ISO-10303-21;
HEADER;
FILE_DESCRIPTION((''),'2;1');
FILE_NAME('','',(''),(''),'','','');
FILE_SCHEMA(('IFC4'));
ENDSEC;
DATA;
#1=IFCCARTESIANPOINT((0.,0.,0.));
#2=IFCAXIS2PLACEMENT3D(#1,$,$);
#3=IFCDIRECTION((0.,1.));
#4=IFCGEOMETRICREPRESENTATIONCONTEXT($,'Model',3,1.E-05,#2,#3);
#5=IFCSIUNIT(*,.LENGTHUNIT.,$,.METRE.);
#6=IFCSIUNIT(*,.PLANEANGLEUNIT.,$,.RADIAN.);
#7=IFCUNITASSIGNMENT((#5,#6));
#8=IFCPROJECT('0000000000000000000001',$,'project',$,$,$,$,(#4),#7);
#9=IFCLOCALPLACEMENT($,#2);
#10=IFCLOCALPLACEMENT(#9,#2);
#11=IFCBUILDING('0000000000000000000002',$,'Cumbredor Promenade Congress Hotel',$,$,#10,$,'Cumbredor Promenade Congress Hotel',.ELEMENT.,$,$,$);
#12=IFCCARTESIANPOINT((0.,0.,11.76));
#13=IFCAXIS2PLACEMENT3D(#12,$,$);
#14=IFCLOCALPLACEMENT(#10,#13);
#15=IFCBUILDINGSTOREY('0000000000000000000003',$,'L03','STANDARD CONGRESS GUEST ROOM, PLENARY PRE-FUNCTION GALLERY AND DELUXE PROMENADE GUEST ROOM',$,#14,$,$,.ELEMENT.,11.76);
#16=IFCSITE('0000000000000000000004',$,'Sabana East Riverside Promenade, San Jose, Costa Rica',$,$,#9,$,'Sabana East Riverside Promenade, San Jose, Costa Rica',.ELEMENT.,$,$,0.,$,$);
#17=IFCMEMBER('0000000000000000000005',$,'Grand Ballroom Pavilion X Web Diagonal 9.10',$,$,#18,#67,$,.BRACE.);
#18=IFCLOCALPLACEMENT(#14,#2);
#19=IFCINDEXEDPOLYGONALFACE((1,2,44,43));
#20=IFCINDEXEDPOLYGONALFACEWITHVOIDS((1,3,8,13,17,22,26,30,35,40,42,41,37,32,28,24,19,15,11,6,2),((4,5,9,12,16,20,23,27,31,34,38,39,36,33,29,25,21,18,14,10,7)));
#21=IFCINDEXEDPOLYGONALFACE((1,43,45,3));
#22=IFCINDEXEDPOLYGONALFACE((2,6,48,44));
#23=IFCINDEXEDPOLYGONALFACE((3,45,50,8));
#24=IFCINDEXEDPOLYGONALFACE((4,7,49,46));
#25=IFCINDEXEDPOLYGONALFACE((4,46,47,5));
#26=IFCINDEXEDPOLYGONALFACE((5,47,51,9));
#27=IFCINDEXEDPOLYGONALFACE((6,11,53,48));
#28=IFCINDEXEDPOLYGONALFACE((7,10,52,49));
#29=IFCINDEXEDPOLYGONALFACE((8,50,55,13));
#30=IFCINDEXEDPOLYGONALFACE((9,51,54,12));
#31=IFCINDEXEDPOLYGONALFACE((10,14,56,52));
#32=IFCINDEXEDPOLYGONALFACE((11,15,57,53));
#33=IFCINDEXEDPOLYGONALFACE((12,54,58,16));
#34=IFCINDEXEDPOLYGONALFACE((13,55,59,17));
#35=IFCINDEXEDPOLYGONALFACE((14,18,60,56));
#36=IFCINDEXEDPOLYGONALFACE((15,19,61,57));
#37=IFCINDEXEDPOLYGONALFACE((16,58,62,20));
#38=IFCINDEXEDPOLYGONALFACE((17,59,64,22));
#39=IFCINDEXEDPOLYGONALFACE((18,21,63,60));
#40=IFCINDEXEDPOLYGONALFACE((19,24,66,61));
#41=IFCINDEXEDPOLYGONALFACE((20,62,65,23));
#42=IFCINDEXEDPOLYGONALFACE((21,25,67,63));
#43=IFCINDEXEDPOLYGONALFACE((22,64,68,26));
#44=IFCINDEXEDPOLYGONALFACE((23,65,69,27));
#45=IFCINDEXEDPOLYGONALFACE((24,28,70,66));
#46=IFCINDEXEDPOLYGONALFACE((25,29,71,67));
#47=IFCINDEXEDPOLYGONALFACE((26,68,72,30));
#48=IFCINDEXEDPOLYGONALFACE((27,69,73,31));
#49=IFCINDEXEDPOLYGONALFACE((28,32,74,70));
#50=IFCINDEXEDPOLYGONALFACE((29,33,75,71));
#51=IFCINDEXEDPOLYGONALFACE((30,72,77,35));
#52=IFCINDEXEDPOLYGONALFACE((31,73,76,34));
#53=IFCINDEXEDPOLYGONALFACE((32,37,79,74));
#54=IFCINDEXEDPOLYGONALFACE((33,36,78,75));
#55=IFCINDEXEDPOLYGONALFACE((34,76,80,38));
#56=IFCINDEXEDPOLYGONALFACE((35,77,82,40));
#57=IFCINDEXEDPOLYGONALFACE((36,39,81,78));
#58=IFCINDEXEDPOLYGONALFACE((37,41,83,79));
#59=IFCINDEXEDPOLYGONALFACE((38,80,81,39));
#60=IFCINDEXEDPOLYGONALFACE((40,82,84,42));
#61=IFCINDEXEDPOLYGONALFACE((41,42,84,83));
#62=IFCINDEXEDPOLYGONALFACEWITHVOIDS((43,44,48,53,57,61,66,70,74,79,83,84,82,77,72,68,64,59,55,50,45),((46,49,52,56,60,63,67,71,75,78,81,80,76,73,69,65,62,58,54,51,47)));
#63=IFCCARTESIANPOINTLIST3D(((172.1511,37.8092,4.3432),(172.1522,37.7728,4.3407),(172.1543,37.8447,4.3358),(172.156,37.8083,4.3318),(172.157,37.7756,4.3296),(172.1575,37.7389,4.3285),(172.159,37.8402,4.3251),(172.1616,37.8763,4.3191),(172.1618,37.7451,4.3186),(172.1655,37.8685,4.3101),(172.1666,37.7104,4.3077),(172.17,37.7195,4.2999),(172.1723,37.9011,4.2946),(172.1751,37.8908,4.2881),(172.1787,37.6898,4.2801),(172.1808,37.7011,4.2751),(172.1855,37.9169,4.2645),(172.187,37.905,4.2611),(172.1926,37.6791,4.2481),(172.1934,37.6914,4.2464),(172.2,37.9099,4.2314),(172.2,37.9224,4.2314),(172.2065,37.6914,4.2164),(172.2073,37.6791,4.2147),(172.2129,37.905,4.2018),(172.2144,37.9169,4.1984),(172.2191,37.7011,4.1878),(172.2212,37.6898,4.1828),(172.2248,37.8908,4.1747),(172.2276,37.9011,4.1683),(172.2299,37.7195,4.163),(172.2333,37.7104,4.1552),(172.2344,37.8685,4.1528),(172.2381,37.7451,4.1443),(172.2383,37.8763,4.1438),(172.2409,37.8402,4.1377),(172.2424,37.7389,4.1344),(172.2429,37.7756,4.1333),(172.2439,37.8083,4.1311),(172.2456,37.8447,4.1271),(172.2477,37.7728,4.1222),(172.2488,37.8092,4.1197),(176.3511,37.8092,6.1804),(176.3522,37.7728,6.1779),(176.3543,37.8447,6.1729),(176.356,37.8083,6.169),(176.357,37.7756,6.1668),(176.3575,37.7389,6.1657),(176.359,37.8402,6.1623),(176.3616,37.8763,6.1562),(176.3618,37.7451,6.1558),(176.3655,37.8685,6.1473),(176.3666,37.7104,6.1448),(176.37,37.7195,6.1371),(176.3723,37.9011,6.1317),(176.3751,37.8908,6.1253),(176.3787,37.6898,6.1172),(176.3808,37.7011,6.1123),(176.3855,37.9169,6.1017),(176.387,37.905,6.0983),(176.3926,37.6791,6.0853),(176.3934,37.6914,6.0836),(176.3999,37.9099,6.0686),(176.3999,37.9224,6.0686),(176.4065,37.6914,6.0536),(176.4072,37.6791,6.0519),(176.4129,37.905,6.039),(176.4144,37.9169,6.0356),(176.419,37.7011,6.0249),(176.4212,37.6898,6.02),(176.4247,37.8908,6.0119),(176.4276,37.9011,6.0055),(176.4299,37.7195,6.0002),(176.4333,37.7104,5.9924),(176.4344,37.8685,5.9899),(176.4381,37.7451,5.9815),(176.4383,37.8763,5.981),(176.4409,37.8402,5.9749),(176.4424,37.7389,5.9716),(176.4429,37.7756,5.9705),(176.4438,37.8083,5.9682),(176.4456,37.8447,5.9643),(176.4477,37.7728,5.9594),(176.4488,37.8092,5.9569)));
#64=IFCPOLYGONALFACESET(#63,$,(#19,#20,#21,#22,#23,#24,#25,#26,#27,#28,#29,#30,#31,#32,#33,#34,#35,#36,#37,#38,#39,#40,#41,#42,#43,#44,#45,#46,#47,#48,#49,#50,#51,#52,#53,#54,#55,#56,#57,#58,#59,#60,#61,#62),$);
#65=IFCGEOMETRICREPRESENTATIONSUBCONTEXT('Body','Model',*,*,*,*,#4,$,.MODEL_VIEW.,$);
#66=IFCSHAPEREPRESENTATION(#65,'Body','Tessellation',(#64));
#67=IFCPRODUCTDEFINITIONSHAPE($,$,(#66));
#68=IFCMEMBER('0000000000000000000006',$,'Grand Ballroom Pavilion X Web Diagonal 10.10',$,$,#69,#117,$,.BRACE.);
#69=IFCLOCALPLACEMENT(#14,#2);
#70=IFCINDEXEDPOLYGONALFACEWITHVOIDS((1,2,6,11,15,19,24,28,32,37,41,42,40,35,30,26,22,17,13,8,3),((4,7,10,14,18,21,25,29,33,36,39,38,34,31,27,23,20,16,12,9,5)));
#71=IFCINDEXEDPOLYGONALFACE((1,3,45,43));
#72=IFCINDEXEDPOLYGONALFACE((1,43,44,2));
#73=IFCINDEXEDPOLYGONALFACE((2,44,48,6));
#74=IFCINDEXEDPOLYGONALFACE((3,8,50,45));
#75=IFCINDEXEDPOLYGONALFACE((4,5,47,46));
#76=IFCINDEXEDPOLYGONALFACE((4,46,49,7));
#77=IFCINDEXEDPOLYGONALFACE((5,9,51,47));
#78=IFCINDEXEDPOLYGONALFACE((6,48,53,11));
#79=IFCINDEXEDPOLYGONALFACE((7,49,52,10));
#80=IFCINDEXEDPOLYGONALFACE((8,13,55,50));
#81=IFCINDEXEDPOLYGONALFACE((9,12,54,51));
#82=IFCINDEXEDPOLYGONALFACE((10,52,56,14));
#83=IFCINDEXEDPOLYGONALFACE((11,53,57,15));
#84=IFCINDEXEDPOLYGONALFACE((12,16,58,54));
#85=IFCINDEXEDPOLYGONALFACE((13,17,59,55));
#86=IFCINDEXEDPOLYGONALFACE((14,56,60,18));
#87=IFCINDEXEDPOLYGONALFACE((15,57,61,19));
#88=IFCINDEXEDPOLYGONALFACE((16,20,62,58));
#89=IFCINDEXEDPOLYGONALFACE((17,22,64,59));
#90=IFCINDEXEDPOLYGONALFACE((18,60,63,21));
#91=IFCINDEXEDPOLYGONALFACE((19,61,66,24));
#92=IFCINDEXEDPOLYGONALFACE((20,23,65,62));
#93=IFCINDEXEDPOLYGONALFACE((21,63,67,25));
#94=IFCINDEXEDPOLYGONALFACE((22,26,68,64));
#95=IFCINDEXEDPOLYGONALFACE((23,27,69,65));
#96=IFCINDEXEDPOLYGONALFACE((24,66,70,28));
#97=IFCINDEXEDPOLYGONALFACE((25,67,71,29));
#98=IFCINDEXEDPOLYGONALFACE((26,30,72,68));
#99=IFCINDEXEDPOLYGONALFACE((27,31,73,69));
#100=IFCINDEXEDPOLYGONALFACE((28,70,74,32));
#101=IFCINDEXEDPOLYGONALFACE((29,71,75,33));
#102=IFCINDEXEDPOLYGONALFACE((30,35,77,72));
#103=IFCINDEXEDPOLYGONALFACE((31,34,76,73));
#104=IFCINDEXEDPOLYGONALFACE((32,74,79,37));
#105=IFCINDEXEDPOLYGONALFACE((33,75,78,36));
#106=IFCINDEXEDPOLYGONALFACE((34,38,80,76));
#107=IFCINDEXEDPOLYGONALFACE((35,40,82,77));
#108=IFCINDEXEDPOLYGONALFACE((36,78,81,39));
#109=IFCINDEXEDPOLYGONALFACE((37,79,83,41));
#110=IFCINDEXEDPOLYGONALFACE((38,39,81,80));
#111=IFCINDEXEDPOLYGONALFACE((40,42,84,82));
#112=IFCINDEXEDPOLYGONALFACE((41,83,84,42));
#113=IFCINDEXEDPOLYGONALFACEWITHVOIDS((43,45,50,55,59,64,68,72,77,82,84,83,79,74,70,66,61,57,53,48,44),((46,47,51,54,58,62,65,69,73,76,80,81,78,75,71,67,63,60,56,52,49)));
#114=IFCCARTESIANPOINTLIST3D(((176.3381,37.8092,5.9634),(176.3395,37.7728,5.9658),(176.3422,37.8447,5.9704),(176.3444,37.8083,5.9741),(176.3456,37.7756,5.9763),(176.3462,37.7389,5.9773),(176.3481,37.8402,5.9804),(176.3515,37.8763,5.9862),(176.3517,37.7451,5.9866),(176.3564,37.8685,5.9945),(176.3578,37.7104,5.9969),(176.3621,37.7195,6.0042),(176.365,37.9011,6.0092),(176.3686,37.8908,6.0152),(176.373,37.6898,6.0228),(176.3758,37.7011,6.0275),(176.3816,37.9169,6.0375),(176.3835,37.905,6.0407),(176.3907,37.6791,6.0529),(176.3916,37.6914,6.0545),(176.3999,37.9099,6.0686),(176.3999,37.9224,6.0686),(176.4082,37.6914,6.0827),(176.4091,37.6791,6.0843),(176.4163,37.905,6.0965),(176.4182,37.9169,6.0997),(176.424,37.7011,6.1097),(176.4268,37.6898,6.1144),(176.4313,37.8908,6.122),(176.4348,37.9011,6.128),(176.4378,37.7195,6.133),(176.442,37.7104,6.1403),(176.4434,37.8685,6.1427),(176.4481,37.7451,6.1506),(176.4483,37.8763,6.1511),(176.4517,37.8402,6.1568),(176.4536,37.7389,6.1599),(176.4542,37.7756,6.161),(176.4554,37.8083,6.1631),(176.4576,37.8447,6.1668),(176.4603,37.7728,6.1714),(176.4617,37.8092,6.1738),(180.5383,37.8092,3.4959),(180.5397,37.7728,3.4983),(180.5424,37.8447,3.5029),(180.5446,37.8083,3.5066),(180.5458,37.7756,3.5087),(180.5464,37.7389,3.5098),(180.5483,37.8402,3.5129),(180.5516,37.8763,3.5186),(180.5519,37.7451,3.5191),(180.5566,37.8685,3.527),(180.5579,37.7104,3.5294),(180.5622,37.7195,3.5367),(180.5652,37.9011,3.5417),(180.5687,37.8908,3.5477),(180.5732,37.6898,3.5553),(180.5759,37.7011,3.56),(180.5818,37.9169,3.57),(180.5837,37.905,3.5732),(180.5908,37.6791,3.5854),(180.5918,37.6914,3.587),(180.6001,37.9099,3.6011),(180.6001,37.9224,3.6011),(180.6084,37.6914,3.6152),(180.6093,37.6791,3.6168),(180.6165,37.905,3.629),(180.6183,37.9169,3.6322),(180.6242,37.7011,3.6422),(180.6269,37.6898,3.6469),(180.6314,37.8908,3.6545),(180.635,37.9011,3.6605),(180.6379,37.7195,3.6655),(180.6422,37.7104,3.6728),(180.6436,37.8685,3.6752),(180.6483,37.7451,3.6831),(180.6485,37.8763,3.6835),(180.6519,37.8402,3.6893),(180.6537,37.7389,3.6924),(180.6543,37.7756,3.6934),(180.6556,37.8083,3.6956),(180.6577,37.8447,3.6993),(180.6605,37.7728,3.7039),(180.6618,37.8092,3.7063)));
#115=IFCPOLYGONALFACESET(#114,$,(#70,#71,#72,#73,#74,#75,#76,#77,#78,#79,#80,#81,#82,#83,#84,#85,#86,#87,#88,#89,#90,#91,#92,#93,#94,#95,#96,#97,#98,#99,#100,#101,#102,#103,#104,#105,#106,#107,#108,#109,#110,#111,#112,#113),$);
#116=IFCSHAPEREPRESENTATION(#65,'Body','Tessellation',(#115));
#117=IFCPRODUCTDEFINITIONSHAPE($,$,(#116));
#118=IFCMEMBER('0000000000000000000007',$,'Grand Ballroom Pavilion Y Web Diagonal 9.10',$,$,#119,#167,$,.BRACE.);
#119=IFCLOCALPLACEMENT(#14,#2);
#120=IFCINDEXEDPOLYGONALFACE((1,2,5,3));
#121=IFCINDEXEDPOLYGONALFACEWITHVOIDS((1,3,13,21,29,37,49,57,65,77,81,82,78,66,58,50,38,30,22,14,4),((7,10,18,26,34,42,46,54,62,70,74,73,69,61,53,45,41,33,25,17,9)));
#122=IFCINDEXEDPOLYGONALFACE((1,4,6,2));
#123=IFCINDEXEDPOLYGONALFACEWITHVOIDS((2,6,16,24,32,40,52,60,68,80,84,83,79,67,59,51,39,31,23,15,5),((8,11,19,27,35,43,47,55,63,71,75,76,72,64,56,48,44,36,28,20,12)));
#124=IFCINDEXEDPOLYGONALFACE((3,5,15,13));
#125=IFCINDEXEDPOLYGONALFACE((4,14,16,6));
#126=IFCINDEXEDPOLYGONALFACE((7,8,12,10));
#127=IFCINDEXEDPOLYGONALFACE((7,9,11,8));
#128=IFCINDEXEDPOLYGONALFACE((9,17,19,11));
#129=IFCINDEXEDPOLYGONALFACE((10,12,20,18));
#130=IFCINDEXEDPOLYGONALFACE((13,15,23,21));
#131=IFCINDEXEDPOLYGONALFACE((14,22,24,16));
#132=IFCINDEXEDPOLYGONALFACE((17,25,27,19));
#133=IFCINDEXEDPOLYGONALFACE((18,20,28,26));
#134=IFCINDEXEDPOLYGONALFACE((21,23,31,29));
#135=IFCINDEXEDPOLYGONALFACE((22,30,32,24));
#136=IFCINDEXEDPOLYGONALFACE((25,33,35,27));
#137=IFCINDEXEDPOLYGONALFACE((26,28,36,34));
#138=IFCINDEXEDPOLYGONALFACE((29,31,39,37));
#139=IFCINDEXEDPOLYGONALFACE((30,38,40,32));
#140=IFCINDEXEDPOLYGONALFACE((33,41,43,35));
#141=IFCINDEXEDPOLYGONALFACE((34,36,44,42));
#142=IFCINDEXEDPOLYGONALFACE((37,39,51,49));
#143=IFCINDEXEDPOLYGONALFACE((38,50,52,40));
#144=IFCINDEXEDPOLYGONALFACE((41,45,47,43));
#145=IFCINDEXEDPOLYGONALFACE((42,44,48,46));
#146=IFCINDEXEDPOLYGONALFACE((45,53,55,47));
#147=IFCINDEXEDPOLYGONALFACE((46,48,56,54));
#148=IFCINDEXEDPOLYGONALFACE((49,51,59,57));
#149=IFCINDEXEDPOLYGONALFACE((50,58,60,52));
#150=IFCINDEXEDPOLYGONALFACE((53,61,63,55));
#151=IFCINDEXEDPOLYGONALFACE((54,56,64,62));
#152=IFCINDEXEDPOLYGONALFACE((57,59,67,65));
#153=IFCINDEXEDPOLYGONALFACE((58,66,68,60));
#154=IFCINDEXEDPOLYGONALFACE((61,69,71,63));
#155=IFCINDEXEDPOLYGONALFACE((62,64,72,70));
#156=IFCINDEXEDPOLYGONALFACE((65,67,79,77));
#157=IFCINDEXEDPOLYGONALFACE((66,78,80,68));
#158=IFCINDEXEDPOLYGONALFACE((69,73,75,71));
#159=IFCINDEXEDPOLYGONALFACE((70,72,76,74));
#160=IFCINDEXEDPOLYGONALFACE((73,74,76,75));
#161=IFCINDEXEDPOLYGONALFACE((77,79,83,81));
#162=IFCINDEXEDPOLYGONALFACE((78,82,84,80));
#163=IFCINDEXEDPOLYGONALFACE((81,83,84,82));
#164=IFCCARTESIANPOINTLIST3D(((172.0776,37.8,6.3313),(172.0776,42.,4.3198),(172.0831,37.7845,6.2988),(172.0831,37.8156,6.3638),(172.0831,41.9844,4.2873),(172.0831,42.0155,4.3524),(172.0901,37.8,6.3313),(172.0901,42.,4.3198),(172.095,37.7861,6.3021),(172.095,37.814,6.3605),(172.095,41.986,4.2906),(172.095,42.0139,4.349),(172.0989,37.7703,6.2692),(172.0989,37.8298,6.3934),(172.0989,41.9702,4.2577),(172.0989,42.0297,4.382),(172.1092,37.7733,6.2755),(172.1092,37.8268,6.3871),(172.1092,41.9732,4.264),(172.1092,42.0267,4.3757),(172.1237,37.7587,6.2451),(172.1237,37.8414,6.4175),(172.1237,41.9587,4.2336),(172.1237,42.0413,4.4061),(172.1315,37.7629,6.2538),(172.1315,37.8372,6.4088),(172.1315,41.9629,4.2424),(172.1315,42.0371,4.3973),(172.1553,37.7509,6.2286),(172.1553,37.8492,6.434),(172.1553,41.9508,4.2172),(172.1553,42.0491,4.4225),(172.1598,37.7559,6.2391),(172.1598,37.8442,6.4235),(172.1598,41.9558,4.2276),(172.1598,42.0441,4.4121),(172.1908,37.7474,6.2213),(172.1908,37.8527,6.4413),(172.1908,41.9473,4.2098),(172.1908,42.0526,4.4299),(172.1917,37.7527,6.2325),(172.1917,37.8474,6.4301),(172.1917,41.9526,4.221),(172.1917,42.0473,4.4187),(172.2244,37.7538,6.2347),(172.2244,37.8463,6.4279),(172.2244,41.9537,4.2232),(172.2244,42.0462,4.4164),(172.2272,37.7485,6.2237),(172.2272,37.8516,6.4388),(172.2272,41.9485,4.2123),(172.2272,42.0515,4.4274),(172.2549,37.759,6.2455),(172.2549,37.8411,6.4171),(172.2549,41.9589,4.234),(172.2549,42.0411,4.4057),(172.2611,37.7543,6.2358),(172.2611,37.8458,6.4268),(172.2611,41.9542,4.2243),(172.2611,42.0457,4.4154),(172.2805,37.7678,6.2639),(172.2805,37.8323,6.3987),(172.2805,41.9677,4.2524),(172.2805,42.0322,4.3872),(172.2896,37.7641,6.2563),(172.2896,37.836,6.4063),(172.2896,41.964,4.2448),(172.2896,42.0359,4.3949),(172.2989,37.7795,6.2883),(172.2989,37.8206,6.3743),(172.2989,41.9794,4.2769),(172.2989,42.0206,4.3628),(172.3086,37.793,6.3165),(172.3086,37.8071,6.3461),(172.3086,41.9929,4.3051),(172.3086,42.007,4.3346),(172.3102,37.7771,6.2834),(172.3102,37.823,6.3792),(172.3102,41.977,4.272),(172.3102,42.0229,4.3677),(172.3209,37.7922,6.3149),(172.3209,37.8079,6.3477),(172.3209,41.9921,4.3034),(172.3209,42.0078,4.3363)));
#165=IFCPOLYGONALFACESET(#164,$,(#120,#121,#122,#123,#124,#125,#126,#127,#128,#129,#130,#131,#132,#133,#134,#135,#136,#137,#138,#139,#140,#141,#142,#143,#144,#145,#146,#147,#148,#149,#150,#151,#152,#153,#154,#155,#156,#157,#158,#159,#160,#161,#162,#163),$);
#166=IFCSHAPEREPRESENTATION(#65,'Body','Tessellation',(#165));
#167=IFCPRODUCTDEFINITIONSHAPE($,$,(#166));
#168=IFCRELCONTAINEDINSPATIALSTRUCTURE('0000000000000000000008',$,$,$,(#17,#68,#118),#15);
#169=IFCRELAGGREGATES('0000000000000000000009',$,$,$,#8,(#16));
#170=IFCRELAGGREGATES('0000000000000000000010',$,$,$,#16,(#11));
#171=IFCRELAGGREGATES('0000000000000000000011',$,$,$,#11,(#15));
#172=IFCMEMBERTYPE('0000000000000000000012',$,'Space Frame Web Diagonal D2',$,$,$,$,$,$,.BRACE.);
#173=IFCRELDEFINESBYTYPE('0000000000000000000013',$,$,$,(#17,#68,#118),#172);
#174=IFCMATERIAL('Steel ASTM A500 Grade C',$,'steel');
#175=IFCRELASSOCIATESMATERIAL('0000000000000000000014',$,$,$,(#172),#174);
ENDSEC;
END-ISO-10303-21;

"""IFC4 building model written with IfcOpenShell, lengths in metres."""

from ifc_helpers import new_model, si_unit, direction, frame, origin, origin_2d, place, context, subcontext, project, spatial, hollow_circle, extrude, material, material_profile, profile_set, type_object, element, save


model = new_model("IFC4")

# Units and contexts
model_context = context("Model", 3, precision=1e-05, world=origin(), true_north=direction((0.0, 1.0)))
body_context = subcontext(model_context, "Body", "Model", "MODEL_VIEW")
ifc_project = project(units=[si_unit("LENGTHUNIT", "METRE"), si_unit("PLANEANGLEUNIT", "RADIAN")], contexts=[model_context])

# Site, building, storey
site_placement = place(None, origin())
site = spatial("IfcSite", under=ifc_project, at=site_placement, Name="Sabana East Riverside Promenade, San Jose, Costa Rica", LongName="Sabana East Riverside Promenade, San Jose, Costa Rica", CompositionType="ELEMENT", RefElevation=0.0)
building_placement = place(site_placement, origin())
building = spatial("IfcBuilding", under=site, at=building_placement, Name="Cumbredor Promenade Congress Hotel", LongName="Cumbredor Promenade Congress Hotel", CompositionType="ELEMENT")
storey_placement = place(building_placement, frame((0.0, 0.0, 11.76)))
storey = spatial("IfcBuildingStorey", under=building, at=storey_placement, Name="L03", Description="STANDARD CONGRESS GUEST ROOM, PLENARY PRE-FUNCTION GALLERY AND DELUXE PROMENADE GUEST ROOM", CompositionType="ELEMENT", Elevation=11.76)

# Members
ifc_material_1 = material(Name="Steel ASTM A500 Grade C", Category="steel")
ifc_material_profile_1 = material_profile(ifc_material_1, hollow_circle(Radius=0.1223, WallThickness=0.0125, at=origin_2d()), Name="CHS 244.5x12.5")
ifc_profile_set_1 = profile_set([ifc_material_profile_1], Name="Steel ASTM A500 Grade C")
member_type_1 = type_object("IfcMemberType", Name="Space Frame Web Diagonal D2", PredefinedType="BRACE", material=ifc_profile_set_1)
member_1_placement = place(storey_placement, frame((172.2, 37.8, 4.2314), z_axis=(0.916183, 0.0, 0.40076), x_axis=(0.0, 1.0, 0.0)))
element("IfcMember", 1, at=member_1_placement, inside=storey, type_object=member_type_1, Name="Grand Ballroom Pavilion X Web Diagonal 9.10", PredefinedType="BRACE", context=body_context, shape_type="SweptSolid", body=[
    extrude(hollow_circle(Radius=0.1223, WallThickness=0.0125, at=origin_2d()), origin(), (0.0, 0.0, 1.0), 4.5842),
])
member_2_placement = place(storey_placement, frame((176.3999, 37.8, 6.0686), z_axis=(0.862219, 0.0, -0.506536), x_axis=(0.0, 1.0, 0.0)))
element("IfcMember", 2, at=member_2_placement, inside=storey, type_object=member_type_1, Name="Grand Ballroom Pavilion X Web Diagonal 10.10", PredefinedType="BRACE", context=body_context, shape_type="SweptSolid", body=[
    extrude(hollow_circle(Radius=0.1223, WallThickness=0.0125, at=origin_2d()), origin(), (0.0, 0.0, 1.0), 4.8713),
])
member_3_placement = place(storey_placement, frame((172.2, 37.8, 6.3313), z_axis=(0.0, 0.9019, -0.431945), x_axis=(-1.0, 0.0, 0.0)))
element("IfcMember", 3, at=member_3_placement, inside=storey, type_object=member_type_1, Name="Grand Ballroom Pavilion Y Web Diagonal 9.10", PredefinedType="BRACE", context=body_context, shape_type="SweptSolid", body=[
    extrude(hollow_circle(Radius=0.1223, WallThickness=0.0125, at=origin_2d()), origin(), (0.0, 0.0, 1.0), 4.6567),
])

save(model, "model.ifc")
